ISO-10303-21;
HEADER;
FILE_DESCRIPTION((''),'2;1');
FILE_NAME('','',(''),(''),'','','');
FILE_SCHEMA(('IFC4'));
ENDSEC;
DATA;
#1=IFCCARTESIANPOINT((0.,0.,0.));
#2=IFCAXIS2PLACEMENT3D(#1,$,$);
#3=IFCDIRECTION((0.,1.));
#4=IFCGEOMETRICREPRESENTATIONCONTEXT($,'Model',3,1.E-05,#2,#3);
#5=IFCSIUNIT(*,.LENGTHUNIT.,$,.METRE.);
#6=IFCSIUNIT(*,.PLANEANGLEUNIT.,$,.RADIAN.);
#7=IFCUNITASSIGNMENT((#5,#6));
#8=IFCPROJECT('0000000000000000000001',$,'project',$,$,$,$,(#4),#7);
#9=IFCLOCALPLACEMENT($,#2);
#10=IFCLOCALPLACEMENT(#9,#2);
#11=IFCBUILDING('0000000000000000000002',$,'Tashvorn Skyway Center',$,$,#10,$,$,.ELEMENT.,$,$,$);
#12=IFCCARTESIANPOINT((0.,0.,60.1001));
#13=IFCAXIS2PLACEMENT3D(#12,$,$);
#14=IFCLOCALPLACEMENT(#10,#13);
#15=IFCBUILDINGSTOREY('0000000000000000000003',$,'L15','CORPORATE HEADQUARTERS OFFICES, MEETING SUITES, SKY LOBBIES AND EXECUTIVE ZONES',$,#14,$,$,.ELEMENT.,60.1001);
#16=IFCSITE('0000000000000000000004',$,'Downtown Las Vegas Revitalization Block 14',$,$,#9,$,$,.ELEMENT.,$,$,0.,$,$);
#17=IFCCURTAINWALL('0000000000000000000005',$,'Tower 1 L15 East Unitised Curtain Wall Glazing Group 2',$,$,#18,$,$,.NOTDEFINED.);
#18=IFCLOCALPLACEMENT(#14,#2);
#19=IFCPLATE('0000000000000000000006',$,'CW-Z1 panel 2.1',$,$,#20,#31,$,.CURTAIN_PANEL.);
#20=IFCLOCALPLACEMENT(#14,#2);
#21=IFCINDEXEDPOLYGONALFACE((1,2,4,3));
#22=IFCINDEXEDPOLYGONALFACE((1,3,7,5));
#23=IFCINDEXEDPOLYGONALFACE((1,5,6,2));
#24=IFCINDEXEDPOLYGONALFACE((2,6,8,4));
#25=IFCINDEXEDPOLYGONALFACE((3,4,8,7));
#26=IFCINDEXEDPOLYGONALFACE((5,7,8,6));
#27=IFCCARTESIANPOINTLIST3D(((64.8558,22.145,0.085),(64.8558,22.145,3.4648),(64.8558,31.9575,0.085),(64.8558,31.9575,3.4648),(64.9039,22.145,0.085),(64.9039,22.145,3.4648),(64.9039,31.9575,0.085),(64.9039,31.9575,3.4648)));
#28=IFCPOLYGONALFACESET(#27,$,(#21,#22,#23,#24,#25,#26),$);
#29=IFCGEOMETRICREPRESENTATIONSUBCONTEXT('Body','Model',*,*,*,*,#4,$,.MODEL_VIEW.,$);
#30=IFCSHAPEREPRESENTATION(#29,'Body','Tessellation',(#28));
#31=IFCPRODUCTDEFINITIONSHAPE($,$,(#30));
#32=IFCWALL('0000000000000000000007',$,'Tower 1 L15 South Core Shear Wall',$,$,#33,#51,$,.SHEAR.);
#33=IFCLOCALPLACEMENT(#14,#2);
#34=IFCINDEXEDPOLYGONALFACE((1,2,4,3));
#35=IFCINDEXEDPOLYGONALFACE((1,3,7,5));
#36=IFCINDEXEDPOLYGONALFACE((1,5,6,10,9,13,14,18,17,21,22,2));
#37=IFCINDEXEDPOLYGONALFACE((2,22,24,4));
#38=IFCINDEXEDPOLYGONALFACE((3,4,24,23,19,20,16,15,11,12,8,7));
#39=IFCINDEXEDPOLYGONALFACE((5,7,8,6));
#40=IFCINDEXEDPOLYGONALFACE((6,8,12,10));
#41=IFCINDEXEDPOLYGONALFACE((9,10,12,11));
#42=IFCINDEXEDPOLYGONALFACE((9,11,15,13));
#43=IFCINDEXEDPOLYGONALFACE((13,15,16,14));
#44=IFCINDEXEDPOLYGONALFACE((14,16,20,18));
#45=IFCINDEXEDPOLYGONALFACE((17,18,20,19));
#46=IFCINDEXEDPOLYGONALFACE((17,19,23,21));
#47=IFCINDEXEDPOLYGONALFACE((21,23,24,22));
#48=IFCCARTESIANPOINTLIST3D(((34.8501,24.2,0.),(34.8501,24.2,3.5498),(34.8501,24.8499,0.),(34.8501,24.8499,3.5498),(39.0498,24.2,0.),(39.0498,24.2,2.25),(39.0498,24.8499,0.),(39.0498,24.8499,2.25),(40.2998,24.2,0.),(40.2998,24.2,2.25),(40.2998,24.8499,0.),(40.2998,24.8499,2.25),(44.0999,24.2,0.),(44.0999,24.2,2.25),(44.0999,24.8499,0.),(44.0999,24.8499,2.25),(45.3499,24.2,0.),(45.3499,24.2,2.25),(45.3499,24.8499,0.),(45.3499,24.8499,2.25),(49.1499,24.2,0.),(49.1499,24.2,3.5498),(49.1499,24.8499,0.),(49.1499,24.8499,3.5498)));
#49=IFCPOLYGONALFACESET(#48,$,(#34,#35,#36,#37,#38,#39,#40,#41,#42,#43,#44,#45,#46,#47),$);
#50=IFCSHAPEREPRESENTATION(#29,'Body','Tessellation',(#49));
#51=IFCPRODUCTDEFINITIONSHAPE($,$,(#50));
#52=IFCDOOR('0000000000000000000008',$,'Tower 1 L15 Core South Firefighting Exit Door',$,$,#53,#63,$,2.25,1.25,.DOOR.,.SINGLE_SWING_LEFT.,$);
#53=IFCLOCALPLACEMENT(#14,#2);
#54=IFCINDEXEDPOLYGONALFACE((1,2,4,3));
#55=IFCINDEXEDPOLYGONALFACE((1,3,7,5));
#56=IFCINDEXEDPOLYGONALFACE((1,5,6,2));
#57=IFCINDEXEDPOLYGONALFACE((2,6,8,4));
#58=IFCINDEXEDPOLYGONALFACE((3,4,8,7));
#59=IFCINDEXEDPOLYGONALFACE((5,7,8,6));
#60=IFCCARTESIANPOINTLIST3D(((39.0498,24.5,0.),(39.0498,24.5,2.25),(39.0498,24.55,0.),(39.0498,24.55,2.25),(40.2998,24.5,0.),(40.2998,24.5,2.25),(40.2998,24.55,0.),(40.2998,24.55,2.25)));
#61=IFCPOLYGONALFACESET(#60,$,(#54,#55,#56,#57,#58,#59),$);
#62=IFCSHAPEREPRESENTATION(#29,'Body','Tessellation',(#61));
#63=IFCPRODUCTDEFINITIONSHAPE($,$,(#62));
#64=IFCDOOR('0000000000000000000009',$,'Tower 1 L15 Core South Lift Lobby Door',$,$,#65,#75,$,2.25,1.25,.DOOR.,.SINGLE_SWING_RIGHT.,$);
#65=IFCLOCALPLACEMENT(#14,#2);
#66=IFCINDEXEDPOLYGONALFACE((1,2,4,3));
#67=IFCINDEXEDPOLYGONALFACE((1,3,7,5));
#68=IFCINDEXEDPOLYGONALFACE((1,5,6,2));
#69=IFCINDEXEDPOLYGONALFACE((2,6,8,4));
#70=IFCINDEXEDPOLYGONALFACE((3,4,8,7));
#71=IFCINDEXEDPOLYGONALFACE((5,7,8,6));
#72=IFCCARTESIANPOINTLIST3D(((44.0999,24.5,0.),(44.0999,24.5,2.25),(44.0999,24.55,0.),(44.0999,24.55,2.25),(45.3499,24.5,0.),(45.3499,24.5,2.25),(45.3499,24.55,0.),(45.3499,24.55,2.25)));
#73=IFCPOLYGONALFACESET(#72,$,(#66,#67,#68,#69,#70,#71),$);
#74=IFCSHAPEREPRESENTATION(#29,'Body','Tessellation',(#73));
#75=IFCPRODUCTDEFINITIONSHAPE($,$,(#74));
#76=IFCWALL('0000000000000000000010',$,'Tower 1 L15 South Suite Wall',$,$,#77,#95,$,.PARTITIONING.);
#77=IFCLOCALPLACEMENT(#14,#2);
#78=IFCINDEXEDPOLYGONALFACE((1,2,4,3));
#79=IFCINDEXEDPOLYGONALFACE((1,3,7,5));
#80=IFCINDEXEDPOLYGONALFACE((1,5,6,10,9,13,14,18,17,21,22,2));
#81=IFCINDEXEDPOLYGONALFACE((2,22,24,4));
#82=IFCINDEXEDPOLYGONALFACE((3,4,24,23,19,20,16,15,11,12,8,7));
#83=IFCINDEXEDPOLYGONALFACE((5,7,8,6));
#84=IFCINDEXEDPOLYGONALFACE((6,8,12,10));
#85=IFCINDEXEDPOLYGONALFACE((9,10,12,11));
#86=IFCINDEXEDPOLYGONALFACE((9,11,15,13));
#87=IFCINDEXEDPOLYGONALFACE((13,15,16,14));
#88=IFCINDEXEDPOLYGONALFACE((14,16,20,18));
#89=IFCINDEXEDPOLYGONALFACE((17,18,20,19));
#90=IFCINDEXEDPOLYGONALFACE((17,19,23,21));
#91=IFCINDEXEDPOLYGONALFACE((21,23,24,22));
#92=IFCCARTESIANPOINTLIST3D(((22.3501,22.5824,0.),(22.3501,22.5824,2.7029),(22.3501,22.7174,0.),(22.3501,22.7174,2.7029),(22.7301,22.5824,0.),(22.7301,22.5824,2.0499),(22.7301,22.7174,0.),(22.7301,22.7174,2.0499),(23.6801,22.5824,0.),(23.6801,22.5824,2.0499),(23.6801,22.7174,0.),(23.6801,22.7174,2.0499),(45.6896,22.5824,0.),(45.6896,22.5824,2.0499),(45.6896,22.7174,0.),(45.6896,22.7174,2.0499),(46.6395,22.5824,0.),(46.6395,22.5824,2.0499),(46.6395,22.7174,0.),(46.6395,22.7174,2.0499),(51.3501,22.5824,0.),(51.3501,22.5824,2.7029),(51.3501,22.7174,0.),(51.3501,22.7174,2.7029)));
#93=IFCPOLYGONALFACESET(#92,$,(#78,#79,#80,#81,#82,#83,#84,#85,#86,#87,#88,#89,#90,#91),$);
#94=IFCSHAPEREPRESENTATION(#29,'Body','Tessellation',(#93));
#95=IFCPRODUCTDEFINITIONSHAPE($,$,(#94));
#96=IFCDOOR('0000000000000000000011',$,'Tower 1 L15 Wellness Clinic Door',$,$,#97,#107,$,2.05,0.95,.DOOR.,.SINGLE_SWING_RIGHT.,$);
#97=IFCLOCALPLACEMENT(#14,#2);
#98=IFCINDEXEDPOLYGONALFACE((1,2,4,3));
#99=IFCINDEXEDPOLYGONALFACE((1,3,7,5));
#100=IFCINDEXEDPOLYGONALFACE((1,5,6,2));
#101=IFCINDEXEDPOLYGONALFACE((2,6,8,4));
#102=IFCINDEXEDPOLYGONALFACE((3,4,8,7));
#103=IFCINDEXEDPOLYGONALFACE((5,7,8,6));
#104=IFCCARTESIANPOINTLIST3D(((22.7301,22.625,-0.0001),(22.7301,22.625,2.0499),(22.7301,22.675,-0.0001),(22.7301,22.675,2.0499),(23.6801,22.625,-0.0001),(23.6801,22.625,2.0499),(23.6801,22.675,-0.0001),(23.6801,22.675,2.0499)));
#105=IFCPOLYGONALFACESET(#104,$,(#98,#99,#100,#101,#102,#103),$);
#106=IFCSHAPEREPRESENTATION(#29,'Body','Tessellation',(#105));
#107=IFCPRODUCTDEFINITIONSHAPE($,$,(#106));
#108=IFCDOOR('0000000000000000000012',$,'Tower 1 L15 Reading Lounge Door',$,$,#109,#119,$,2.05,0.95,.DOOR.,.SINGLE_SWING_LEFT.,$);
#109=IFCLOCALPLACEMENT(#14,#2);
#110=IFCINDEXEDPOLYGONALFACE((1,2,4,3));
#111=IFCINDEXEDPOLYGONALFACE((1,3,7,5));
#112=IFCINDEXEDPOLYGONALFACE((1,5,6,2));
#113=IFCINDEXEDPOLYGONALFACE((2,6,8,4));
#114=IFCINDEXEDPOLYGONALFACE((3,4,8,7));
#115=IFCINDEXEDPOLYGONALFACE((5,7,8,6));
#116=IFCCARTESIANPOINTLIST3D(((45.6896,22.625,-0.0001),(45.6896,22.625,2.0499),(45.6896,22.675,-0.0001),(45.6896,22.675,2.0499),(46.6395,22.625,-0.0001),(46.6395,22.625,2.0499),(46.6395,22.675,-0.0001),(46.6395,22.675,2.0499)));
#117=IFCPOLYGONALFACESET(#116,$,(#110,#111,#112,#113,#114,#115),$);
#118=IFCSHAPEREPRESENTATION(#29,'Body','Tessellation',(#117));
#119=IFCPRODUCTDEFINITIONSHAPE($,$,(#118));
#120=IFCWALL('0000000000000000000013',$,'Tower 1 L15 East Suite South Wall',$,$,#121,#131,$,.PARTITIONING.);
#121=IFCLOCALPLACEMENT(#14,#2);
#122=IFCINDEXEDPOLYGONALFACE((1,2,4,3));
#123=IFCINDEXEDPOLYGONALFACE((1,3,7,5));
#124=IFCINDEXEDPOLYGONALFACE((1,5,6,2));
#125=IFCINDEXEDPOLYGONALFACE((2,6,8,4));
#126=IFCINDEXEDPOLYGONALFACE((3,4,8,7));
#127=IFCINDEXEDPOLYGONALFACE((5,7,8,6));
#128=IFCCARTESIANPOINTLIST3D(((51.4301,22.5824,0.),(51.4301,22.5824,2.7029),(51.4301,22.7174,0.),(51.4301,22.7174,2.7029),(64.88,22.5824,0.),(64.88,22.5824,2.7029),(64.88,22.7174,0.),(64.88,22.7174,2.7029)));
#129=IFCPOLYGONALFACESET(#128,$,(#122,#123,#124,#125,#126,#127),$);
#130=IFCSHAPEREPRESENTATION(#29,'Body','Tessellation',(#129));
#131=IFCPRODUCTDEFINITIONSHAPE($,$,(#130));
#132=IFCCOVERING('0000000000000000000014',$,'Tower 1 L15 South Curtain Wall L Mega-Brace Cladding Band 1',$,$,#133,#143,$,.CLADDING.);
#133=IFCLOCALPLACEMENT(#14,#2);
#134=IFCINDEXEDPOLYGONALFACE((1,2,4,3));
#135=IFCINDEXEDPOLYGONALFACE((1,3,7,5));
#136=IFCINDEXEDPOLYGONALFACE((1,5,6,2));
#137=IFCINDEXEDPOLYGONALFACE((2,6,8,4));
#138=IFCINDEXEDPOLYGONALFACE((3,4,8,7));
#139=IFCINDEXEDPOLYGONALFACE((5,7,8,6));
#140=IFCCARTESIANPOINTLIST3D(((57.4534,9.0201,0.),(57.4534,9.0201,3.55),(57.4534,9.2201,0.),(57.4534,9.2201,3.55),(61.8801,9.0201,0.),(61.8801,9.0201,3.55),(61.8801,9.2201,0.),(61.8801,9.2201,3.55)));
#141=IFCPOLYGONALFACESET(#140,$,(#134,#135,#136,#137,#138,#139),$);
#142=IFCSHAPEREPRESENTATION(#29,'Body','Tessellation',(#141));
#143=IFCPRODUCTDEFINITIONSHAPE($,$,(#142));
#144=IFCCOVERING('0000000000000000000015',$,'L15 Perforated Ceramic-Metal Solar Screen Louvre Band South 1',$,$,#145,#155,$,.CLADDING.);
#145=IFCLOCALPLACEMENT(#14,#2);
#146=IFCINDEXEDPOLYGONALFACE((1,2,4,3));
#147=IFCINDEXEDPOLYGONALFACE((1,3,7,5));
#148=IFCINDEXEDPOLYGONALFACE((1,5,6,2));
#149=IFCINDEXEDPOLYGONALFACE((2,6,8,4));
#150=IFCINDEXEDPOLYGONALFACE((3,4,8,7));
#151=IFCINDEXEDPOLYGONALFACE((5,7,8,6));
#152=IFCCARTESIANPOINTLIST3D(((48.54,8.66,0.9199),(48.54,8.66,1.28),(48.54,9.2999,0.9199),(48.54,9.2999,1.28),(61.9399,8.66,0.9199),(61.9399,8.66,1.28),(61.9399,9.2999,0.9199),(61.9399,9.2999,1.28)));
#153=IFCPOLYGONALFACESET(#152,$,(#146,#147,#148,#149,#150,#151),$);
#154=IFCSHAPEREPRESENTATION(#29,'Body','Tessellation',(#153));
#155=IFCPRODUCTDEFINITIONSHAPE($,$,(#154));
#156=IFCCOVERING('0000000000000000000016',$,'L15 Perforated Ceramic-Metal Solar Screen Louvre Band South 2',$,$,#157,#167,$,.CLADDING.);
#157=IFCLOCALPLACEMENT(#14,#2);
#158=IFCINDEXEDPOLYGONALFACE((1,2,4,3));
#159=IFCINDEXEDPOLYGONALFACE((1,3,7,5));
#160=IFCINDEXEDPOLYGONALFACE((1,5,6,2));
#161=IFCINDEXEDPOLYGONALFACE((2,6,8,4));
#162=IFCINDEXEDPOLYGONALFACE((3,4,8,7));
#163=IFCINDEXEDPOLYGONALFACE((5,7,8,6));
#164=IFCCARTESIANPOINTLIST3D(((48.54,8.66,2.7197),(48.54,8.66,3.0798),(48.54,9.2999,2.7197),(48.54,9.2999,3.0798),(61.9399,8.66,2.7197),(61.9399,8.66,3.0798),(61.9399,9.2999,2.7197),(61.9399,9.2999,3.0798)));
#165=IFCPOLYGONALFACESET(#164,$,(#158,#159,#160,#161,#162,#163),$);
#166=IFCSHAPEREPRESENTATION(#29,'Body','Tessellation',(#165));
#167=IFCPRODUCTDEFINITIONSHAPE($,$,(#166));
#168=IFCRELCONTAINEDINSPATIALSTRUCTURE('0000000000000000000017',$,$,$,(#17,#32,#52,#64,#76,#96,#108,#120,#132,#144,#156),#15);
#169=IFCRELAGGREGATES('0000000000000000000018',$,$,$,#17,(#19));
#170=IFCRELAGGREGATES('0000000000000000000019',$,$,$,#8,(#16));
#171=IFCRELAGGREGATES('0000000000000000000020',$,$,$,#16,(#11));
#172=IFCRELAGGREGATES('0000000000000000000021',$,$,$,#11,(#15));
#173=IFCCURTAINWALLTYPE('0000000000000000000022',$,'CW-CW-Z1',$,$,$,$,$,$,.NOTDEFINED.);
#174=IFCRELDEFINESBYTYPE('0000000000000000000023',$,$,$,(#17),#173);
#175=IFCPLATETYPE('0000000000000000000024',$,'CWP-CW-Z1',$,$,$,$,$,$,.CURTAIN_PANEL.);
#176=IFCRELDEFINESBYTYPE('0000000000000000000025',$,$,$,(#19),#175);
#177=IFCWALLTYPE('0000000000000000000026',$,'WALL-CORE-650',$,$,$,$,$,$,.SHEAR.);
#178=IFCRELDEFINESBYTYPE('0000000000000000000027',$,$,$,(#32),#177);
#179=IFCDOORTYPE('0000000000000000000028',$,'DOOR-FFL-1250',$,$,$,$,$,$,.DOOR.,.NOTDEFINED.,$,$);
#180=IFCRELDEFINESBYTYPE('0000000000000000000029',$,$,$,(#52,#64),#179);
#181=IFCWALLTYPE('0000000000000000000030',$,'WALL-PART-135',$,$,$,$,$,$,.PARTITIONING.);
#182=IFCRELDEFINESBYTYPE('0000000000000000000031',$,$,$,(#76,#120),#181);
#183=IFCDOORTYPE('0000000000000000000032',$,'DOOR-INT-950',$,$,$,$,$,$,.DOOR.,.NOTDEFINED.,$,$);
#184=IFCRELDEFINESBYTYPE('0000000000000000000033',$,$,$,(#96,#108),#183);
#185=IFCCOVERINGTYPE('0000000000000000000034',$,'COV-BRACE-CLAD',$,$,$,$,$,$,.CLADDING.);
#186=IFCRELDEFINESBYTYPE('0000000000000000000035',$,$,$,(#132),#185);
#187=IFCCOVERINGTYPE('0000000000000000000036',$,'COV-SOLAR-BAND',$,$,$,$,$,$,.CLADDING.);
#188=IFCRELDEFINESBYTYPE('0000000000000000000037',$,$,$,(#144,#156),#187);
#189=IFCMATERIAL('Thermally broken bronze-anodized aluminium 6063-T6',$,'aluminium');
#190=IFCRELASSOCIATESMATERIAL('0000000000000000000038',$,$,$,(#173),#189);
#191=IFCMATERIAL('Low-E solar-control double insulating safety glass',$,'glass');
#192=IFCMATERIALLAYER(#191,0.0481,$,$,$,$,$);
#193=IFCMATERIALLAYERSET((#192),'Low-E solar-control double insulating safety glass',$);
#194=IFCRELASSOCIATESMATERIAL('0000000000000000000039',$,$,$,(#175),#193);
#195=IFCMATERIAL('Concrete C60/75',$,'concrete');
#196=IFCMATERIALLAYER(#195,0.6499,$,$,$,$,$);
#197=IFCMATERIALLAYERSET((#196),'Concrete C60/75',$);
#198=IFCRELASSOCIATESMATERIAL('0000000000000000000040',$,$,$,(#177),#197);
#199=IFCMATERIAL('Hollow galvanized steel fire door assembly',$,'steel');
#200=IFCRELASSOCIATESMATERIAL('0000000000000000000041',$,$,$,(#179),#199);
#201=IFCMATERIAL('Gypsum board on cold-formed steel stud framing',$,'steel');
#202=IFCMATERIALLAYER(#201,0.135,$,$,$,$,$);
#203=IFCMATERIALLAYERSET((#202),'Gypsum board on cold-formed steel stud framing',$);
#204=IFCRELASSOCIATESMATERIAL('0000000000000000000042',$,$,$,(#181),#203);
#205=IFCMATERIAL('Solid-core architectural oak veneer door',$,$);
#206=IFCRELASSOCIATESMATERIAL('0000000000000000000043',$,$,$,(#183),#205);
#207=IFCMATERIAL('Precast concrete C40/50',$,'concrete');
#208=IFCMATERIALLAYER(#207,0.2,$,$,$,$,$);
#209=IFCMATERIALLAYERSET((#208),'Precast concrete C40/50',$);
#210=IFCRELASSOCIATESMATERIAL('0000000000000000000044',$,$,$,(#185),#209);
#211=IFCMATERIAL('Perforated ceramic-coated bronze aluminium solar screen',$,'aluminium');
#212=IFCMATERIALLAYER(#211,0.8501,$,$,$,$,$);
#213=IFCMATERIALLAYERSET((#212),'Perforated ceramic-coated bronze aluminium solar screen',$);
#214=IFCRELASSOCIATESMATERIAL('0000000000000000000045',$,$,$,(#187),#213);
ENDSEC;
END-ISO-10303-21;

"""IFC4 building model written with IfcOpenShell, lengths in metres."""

from ifc_helpers import new_model, si_unit, direction, frame, frame_2d, origin, origin_2d, place, context, subcontext, project, spatial, rectangle, extrude, material, layer, layer_set, type_object, element, fill, aggregate, save


model = new_model("IFC4")

# Units and contexts
model_context = context("Model", 3, precision=1e-05, world=origin(), true_north=direction((0.0, 1.0)))
body_context = subcontext(model_context, "Body", "Model", "MODEL_VIEW")
ifc_project = project(units=[si_unit("LENGTHUNIT", "METRE"), si_unit("PLANEANGLEUNIT", "RADIAN")], contexts=[model_context])

# Site, building, storey
site_placement = place(None, origin())
site = spatial("IfcSite", under=ifc_project, at=site_placement, Name="Downtown Las Vegas Revitalization Block 14", CompositionType="ELEMENT", RefElevation=0.0)
building_placement = place(site_placement, origin())
building = spatial("IfcBuilding", under=site, at=building_placement, Name="Tashvorn Skyway Center", CompositionType="ELEMENT")
storey_placement = place(building_placement, frame((0.0, 0.0, 60.1001)))
storey = spatial("IfcBuildingStorey", under=building, at=storey_placement, Name="L15", Description="CORPORATE HEADQUARTERS OFFICES, MEETING SUITES, SKY LOBBIES AND EXECUTIVE ZONES", CompositionType="ELEMENT", Elevation=60.1001)

# Shared definitions
ifc_material_1 = material(Name="Thermally broken bronze-anodized aluminium 6063-T6", Category="aluminium")
curtain_wall_type = type_object("IfcCurtainWallType", Name="CW-CW-Z1", PredefinedType="NOTDEFINED", material=ifc_material_1)

# Curtain wall
curtain_wall_1_placement = place(storey_placement, origin())
curtain_wall_1 = element("IfcCurtainWall", 1, at=curtain_wall_1_placement, inside=storey, type_object=curtain_wall_type, Name="Tower 1 L15 East Unitised Curtain Wall Glazing Group 2", PredefinedType="NOTDEFINED")

# Plate
ifc_material_2 = material(Name="Low-E solar-control double insulating safety glass", Category="glass")
ifc_layer_1 = layer(ifc_material_2, 0.0481)
ifc_layer_set_1 = layer_set([ifc_layer_1], Name="Low-E solar-control double insulating safety glass")
plate_type = type_object("IfcPlateType", Name="CWP-CW-Z1", PredefinedType="CURTAIN_PANEL", material=ifc_layer_set_1)
plate_1_placement = place(storey_placement, frame((64.8799, 27.0513, 0.085), z_axis=(0.0, 0.0, 1.0), x_axis=(0.0, -1.0, 0.0)))
plate_1 = element("IfcPlate", 2, at=plate_1_placement, type_object=plate_type, Name="CW-Z1 panel 2.1", PredefinedType="CURTAIN_PANEL", context=body_context, shape_type="SweptSolid", body=[
    extrude(rectangle(XDim=9.8125, YDim=0.0481, at=origin_2d()), origin(), (0.0, 0.0, 1.0), 3.3799),
])
aggregate(curtain_wall_1, [plate_1])

# Walls, openings, doors
ifc_material_3 = material(Name="Concrete C60/75", Category="concrete")
ifc_layer_2 = layer(ifc_material_3, 0.6499)
ifc_layer_set_2 = layer_set([ifc_layer_2], Name="Concrete C60/75")
wall_type_1 = type_object("IfcWallType", Name="WALL-CORE-650", PredefinedType="SHEAR", material=ifc_layer_set_2)
wall_1_placement = place(storey_placement, frame((49.1499, 24.5249, 0.0), z_axis=(0.0, 0.0, 1.0), x_axis=(-1.0, 0.0, 0.0)))
wall_1 = element("IfcWall", 3, at=wall_1_placement, inside=storey, type_object=wall_type_1, Name="Tower 1 L15 South Core Shear Wall", PredefinedType="SHEAR", context=body_context, shape_type="SweptSolid", body=[
    extrude(rectangle(XDim=14.2998, YDim=0.6499, at=frame_2d((7.1499, 0.0))), origin(), (0.0, 0.0, 1.0), 3.5498),
])
opening_1_placement = place(wall_1_placement, frame((8.8501, 0.0, 0.0)))
opening_1 = element("IfcOpeningElement", 4, at=opening_1_placement, cuts=wall_1, PredefinedType="OPENING", context=body_context, shape_type="SweptSolid", body=[
    extrude(rectangle(XDim=1.25, YDim=2.25, at=frame_2d((0.625, 1.125))), frame((0.0, 0.335, 0.0), z_axis=(0.0, -1.0, 0.0), x_axis=(1.0, 0.0, 0.0)), (0.0, 0.0, 1.0), 0.6699),
])
opening_2_placement = place(wall_1_placement, frame((3.8, 0.0, 0.0)))
opening_2 = element("IfcOpeningElement", 5, at=opening_2_placement, cuts=wall_1, PredefinedType="OPENING", context=body_context, shape_type="SweptSolid", body=[
    extrude(rectangle(XDim=1.25, YDim=2.25, at=frame_2d((0.625, 1.125))), frame((0.0, 0.335, 0.0), z_axis=(0.0, -1.0, 0.0), x_axis=(1.0, 0.0, 0.0)), (0.0, 0.0, 1.0), 0.6699),
])
ifc_material_4 = material(Name="Hollow galvanized steel fire door assembly", Category="steel")
door_type_1 = type_object("IfcDoorType", Name="DOOR-FFL-1250", OperationType="NOTDEFINED", PredefinedType="DOOR", material=ifc_material_4)
door_1_placement = place(opening_1_placement, origin())
door_1 = element("IfcDoor", 6, at=door_1_placement, inside=storey, type_object=door_type_1, Name="Tower 1 L15 Core South Firefighting Exit Door", OperationType="SINGLE_SWING_LEFT", OverallHeight=2.25, OverallWidth=1.25, PredefinedType="DOOR", context=body_context, shape_type="SweptSolid", body=[
    extrude(rectangle(XDim=1.25, YDim=2.25, at=frame_2d((0.625, 1.125))), frame((0.0, 0.0249, 0.0), z_axis=(0.0, -1.0, 0.0), x_axis=(1.0, 0.0, 0.0)), (0.0, 0.0, 1.0), 0.05),
])
fill(opening_1, door_1)
door_2_placement = place(opening_2_placement, origin())
door_2 = element("IfcDoor", 7, at=door_2_placement, inside=storey, type_object=door_type_1, Name="Tower 1 L15 Core South Lift Lobby Door", OperationType="SINGLE_SWING_RIGHT", OverallHeight=2.25, OverallWidth=1.25, PredefinedType="DOOR", context=body_context, shape_type="SweptSolid", body=[
    extrude(rectangle(XDim=1.25, YDim=2.25, at=frame_2d((0.625, 1.125))), frame((0.0, 0.0249, 0.0), z_axis=(0.0, -1.0, 0.0), x_axis=(1.0, 0.0, 0.0)), (0.0, 0.0, 1.0), 0.05),
])
fill(opening_2, door_2)
ifc_material_5 = material(Name="Gypsum board on cold-formed steel stud framing", Category="steel")
ifc_layer_3 = layer(ifc_material_5, 0.135)
ifc_layer_set_3 = layer_set([ifc_layer_3], Name="Gypsum board on cold-formed steel stud framing")
wall_type_2 = type_object("IfcWallType", Name="WALL-PART-135", PredefinedType="PARTITIONING", material=ifc_layer_set_3)
wall_2_placement = place(storey_placement, frame((51.3501, 22.6499, 0.0), z_axis=(0.0, 0.0, 1.0), x_axis=(-1.0, 0.0, 0.0)))
wall_2 = element("IfcWall", 8, at=wall_2_placement, inside=storey, type_object=wall_type_2, Name="Tower 1 L15 South Suite Wall", PredefinedType="PARTITIONING", context=body_context, shape_type="SweptSolid", body=[
    extrude(rectangle(XDim=29.0, YDim=0.135, at=frame_2d((14.5, 0.0))), origin(), (0.0, 0.0, 1.0), 2.7029),
])
opening_3_placement = place(wall_2_placement, frame((27.6699, 0.0, 0.0)))
opening_3 = element("IfcOpeningElement", 9, at=opening_3_placement, cuts=wall_2, PredefinedType="OPENING", context=body_context, shape_type="SweptSolid", body=[
    extrude(rectangle(XDim=0.95, YDim=2.05, at=frame_2d((0.4751, 1.0249))), frame((0.0, 0.0774, 0.0), z_axis=(0.0, -1.0, 0.0), x_axis=(1.0, 0.0, 0.0)), (0.0, 0.0, 1.0), 0.155),
])
opening_4_placement = place(wall_2_placement, frame((4.7104, 0.0, 0.0)))
opening_4 = element("IfcOpeningElement", 10, at=opening_4_placement, cuts=wall_2, PredefinedType="OPENING", context=body_context, shape_type="SweptSolid", body=[
    extrude(rectangle(XDim=0.95, YDim=2.05, at=frame_2d((0.4751, 1.0249))), frame((0.0, 0.0774, 0.0), z_axis=(0.0, -1.0, 0.0), x_axis=(1.0, 0.0, 0.0)), (0.0, 0.0, 1.0), 0.155),
])
ifc_material_6 = material(Name="Solid-core architectural oak veneer door")
door_type_2 = type_object("IfcDoorType", Name="DOOR-INT-950", OperationType="NOTDEFINED", PredefinedType="DOOR", material=ifc_material_6)
door_3_placement = place(opening_3_placement, origin())
door_3 = element("IfcDoor", 11, at=door_3_placement, inside=storey, type_object=door_type_2, Name="Tower 1 L15 Wellness Clinic Door", OperationType="SINGLE_SWING_RIGHT", OverallHeight=2.05, OverallWidth=0.95, PredefinedType="DOOR", context=body_context, shape_type="SweptSolid", body=[
    extrude(rectangle(XDim=0.95, YDim=2.05, at=frame_2d((0.4751, 1.0249))), frame((0.0, 0.0249, 0.0), z_axis=(0.0, -1.0, 0.0), x_axis=(1.0, 0.0, 0.0)), (0.0, 0.0, 1.0), 0.05),
])
fill(opening_3, door_3)
door_4_placement = place(opening_4_placement, origin())
door_4 = element("IfcDoor", 12, at=door_4_placement, inside=storey, type_object=door_type_2, Name="Tower 1 L15 Reading Lounge Door", OperationType="SINGLE_SWING_LEFT", OverallHeight=2.05, OverallWidth=0.95, PredefinedType="DOOR", context=body_context, shape_type="SweptSolid", body=[
    extrude(rectangle(XDim=0.95, YDim=2.05, at=frame_2d((0.4751, 1.0249))), frame((0.0, 0.0249, 0.0), z_axis=(0.0, -1.0, 0.0), x_axis=(1.0, 0.0, 0.0)), (0.0, 0.0, 1.0), 0.05),
])
fill(opening_4, door_4)

# Wall
wall_3_placement = place(storey_placement, frame((51.4299, 22.6499, 0.0), z_axis=(0.0, 0.0, 1.0), x_axis=(1.0, 0.0, 0.0)))
element("IfcWall", 13, at=wall_3_placement, inside=storey, type_object=wall_type_2, Name="Tower 1 L15 East Suite South Wall", PredefinedType="PARTITIONING", context=body_context, shape_type="SweptSolid", body=[
    extrude(rectangle(XDim=13.45, YDim=0.135, at=frame_2d((6.7251, 0.0))), origin(), (0.0, 0.0, 1.0), 2.7029),
])

# Coverings
ifc_material_7 = material(Name="Precast concrete C40/50", Category="concrete")
ifc_layer_4 = layer(ifc_material_7, 0.2)
ifc_layer_set_4 = layer_set([ifc_layer_4], Name="Precast concrete C40/50")
covering_type_1 = type_object("IfcCoveringType", Name="COV-BRACE-CLAD", PredefinedType="CLADDING", material=ifc_layer_set_4)
covering_1_placement = place(storey_placement, frame((59.6667, 9.1201, 0.0), z_axis=(0.0, 0.0, 1.0), x_axis=(-1.0, 0.0, 0.0)))
element("IfcCovering", 14, at=covering_1_placement, inside=storey, type_object=covering_type_1, Name="Tower 1 L15 South Curtain Wall L Mega-Brace Cladding Band 1", PredefinedType="CLADDING", context=body_context, shape_type="SweptSolid", body=[
    extrude(rectangle(XDim=4.4268, YDim=0.2, at=origin_2d()), origin(), (0.0, 0.0, 1.0), 3.55),
])
ifc_material_8 = material(Name="Perforated ceramic-coated bronze aluminium solar screen", Category="aluminium")
ifc_layer_5 = layer(ifc_material_8, 0.8501)
ifc_layer_set_5 = layer_set([ifc_layer_5], Name="Perforated ceramic-coated bronze aluminium solar screen")
covering_type_2 = type_object("IfcCoveringType", Name="COV-SOLAR-BAND", PredefinedType="CLADDING", material=ifc_layer_set_5)
for number, where, z_axis, x_axis, name in (
    (15, (55.24, 8.98, 0.9199), (0.0, 0.0, 1.0), (-1.0, 0.0, 0.0), "L15 Perforated Ceramic-Metal Solar Screen Louvre Band South 1"),
    (16, (55.24, 8.98, 2.7197), (0.0, 0.0, 1.0), (-1.0, 0.0, 0.0), "L15 Perforated Ceramic-Metal Solar Screen Louvre Band South 2"),
):
    element("IfcCovering", number, at=place(storey_placement, frame(where, z_axis=z_axis, x_axis=x_axis)), inside=storey, type_object=covering_type_2, Name=name, PredefinedType="CLADDING", context=body_context, shape_type="SweptSolid", body=[
        extrude(rectangle(XDim=13.3999, YDim=0.6399, at=origin_2d()), origin(), (0.0, 0.0, 1.0), 0.3601),
    ])

save(model, "model.ifc")
